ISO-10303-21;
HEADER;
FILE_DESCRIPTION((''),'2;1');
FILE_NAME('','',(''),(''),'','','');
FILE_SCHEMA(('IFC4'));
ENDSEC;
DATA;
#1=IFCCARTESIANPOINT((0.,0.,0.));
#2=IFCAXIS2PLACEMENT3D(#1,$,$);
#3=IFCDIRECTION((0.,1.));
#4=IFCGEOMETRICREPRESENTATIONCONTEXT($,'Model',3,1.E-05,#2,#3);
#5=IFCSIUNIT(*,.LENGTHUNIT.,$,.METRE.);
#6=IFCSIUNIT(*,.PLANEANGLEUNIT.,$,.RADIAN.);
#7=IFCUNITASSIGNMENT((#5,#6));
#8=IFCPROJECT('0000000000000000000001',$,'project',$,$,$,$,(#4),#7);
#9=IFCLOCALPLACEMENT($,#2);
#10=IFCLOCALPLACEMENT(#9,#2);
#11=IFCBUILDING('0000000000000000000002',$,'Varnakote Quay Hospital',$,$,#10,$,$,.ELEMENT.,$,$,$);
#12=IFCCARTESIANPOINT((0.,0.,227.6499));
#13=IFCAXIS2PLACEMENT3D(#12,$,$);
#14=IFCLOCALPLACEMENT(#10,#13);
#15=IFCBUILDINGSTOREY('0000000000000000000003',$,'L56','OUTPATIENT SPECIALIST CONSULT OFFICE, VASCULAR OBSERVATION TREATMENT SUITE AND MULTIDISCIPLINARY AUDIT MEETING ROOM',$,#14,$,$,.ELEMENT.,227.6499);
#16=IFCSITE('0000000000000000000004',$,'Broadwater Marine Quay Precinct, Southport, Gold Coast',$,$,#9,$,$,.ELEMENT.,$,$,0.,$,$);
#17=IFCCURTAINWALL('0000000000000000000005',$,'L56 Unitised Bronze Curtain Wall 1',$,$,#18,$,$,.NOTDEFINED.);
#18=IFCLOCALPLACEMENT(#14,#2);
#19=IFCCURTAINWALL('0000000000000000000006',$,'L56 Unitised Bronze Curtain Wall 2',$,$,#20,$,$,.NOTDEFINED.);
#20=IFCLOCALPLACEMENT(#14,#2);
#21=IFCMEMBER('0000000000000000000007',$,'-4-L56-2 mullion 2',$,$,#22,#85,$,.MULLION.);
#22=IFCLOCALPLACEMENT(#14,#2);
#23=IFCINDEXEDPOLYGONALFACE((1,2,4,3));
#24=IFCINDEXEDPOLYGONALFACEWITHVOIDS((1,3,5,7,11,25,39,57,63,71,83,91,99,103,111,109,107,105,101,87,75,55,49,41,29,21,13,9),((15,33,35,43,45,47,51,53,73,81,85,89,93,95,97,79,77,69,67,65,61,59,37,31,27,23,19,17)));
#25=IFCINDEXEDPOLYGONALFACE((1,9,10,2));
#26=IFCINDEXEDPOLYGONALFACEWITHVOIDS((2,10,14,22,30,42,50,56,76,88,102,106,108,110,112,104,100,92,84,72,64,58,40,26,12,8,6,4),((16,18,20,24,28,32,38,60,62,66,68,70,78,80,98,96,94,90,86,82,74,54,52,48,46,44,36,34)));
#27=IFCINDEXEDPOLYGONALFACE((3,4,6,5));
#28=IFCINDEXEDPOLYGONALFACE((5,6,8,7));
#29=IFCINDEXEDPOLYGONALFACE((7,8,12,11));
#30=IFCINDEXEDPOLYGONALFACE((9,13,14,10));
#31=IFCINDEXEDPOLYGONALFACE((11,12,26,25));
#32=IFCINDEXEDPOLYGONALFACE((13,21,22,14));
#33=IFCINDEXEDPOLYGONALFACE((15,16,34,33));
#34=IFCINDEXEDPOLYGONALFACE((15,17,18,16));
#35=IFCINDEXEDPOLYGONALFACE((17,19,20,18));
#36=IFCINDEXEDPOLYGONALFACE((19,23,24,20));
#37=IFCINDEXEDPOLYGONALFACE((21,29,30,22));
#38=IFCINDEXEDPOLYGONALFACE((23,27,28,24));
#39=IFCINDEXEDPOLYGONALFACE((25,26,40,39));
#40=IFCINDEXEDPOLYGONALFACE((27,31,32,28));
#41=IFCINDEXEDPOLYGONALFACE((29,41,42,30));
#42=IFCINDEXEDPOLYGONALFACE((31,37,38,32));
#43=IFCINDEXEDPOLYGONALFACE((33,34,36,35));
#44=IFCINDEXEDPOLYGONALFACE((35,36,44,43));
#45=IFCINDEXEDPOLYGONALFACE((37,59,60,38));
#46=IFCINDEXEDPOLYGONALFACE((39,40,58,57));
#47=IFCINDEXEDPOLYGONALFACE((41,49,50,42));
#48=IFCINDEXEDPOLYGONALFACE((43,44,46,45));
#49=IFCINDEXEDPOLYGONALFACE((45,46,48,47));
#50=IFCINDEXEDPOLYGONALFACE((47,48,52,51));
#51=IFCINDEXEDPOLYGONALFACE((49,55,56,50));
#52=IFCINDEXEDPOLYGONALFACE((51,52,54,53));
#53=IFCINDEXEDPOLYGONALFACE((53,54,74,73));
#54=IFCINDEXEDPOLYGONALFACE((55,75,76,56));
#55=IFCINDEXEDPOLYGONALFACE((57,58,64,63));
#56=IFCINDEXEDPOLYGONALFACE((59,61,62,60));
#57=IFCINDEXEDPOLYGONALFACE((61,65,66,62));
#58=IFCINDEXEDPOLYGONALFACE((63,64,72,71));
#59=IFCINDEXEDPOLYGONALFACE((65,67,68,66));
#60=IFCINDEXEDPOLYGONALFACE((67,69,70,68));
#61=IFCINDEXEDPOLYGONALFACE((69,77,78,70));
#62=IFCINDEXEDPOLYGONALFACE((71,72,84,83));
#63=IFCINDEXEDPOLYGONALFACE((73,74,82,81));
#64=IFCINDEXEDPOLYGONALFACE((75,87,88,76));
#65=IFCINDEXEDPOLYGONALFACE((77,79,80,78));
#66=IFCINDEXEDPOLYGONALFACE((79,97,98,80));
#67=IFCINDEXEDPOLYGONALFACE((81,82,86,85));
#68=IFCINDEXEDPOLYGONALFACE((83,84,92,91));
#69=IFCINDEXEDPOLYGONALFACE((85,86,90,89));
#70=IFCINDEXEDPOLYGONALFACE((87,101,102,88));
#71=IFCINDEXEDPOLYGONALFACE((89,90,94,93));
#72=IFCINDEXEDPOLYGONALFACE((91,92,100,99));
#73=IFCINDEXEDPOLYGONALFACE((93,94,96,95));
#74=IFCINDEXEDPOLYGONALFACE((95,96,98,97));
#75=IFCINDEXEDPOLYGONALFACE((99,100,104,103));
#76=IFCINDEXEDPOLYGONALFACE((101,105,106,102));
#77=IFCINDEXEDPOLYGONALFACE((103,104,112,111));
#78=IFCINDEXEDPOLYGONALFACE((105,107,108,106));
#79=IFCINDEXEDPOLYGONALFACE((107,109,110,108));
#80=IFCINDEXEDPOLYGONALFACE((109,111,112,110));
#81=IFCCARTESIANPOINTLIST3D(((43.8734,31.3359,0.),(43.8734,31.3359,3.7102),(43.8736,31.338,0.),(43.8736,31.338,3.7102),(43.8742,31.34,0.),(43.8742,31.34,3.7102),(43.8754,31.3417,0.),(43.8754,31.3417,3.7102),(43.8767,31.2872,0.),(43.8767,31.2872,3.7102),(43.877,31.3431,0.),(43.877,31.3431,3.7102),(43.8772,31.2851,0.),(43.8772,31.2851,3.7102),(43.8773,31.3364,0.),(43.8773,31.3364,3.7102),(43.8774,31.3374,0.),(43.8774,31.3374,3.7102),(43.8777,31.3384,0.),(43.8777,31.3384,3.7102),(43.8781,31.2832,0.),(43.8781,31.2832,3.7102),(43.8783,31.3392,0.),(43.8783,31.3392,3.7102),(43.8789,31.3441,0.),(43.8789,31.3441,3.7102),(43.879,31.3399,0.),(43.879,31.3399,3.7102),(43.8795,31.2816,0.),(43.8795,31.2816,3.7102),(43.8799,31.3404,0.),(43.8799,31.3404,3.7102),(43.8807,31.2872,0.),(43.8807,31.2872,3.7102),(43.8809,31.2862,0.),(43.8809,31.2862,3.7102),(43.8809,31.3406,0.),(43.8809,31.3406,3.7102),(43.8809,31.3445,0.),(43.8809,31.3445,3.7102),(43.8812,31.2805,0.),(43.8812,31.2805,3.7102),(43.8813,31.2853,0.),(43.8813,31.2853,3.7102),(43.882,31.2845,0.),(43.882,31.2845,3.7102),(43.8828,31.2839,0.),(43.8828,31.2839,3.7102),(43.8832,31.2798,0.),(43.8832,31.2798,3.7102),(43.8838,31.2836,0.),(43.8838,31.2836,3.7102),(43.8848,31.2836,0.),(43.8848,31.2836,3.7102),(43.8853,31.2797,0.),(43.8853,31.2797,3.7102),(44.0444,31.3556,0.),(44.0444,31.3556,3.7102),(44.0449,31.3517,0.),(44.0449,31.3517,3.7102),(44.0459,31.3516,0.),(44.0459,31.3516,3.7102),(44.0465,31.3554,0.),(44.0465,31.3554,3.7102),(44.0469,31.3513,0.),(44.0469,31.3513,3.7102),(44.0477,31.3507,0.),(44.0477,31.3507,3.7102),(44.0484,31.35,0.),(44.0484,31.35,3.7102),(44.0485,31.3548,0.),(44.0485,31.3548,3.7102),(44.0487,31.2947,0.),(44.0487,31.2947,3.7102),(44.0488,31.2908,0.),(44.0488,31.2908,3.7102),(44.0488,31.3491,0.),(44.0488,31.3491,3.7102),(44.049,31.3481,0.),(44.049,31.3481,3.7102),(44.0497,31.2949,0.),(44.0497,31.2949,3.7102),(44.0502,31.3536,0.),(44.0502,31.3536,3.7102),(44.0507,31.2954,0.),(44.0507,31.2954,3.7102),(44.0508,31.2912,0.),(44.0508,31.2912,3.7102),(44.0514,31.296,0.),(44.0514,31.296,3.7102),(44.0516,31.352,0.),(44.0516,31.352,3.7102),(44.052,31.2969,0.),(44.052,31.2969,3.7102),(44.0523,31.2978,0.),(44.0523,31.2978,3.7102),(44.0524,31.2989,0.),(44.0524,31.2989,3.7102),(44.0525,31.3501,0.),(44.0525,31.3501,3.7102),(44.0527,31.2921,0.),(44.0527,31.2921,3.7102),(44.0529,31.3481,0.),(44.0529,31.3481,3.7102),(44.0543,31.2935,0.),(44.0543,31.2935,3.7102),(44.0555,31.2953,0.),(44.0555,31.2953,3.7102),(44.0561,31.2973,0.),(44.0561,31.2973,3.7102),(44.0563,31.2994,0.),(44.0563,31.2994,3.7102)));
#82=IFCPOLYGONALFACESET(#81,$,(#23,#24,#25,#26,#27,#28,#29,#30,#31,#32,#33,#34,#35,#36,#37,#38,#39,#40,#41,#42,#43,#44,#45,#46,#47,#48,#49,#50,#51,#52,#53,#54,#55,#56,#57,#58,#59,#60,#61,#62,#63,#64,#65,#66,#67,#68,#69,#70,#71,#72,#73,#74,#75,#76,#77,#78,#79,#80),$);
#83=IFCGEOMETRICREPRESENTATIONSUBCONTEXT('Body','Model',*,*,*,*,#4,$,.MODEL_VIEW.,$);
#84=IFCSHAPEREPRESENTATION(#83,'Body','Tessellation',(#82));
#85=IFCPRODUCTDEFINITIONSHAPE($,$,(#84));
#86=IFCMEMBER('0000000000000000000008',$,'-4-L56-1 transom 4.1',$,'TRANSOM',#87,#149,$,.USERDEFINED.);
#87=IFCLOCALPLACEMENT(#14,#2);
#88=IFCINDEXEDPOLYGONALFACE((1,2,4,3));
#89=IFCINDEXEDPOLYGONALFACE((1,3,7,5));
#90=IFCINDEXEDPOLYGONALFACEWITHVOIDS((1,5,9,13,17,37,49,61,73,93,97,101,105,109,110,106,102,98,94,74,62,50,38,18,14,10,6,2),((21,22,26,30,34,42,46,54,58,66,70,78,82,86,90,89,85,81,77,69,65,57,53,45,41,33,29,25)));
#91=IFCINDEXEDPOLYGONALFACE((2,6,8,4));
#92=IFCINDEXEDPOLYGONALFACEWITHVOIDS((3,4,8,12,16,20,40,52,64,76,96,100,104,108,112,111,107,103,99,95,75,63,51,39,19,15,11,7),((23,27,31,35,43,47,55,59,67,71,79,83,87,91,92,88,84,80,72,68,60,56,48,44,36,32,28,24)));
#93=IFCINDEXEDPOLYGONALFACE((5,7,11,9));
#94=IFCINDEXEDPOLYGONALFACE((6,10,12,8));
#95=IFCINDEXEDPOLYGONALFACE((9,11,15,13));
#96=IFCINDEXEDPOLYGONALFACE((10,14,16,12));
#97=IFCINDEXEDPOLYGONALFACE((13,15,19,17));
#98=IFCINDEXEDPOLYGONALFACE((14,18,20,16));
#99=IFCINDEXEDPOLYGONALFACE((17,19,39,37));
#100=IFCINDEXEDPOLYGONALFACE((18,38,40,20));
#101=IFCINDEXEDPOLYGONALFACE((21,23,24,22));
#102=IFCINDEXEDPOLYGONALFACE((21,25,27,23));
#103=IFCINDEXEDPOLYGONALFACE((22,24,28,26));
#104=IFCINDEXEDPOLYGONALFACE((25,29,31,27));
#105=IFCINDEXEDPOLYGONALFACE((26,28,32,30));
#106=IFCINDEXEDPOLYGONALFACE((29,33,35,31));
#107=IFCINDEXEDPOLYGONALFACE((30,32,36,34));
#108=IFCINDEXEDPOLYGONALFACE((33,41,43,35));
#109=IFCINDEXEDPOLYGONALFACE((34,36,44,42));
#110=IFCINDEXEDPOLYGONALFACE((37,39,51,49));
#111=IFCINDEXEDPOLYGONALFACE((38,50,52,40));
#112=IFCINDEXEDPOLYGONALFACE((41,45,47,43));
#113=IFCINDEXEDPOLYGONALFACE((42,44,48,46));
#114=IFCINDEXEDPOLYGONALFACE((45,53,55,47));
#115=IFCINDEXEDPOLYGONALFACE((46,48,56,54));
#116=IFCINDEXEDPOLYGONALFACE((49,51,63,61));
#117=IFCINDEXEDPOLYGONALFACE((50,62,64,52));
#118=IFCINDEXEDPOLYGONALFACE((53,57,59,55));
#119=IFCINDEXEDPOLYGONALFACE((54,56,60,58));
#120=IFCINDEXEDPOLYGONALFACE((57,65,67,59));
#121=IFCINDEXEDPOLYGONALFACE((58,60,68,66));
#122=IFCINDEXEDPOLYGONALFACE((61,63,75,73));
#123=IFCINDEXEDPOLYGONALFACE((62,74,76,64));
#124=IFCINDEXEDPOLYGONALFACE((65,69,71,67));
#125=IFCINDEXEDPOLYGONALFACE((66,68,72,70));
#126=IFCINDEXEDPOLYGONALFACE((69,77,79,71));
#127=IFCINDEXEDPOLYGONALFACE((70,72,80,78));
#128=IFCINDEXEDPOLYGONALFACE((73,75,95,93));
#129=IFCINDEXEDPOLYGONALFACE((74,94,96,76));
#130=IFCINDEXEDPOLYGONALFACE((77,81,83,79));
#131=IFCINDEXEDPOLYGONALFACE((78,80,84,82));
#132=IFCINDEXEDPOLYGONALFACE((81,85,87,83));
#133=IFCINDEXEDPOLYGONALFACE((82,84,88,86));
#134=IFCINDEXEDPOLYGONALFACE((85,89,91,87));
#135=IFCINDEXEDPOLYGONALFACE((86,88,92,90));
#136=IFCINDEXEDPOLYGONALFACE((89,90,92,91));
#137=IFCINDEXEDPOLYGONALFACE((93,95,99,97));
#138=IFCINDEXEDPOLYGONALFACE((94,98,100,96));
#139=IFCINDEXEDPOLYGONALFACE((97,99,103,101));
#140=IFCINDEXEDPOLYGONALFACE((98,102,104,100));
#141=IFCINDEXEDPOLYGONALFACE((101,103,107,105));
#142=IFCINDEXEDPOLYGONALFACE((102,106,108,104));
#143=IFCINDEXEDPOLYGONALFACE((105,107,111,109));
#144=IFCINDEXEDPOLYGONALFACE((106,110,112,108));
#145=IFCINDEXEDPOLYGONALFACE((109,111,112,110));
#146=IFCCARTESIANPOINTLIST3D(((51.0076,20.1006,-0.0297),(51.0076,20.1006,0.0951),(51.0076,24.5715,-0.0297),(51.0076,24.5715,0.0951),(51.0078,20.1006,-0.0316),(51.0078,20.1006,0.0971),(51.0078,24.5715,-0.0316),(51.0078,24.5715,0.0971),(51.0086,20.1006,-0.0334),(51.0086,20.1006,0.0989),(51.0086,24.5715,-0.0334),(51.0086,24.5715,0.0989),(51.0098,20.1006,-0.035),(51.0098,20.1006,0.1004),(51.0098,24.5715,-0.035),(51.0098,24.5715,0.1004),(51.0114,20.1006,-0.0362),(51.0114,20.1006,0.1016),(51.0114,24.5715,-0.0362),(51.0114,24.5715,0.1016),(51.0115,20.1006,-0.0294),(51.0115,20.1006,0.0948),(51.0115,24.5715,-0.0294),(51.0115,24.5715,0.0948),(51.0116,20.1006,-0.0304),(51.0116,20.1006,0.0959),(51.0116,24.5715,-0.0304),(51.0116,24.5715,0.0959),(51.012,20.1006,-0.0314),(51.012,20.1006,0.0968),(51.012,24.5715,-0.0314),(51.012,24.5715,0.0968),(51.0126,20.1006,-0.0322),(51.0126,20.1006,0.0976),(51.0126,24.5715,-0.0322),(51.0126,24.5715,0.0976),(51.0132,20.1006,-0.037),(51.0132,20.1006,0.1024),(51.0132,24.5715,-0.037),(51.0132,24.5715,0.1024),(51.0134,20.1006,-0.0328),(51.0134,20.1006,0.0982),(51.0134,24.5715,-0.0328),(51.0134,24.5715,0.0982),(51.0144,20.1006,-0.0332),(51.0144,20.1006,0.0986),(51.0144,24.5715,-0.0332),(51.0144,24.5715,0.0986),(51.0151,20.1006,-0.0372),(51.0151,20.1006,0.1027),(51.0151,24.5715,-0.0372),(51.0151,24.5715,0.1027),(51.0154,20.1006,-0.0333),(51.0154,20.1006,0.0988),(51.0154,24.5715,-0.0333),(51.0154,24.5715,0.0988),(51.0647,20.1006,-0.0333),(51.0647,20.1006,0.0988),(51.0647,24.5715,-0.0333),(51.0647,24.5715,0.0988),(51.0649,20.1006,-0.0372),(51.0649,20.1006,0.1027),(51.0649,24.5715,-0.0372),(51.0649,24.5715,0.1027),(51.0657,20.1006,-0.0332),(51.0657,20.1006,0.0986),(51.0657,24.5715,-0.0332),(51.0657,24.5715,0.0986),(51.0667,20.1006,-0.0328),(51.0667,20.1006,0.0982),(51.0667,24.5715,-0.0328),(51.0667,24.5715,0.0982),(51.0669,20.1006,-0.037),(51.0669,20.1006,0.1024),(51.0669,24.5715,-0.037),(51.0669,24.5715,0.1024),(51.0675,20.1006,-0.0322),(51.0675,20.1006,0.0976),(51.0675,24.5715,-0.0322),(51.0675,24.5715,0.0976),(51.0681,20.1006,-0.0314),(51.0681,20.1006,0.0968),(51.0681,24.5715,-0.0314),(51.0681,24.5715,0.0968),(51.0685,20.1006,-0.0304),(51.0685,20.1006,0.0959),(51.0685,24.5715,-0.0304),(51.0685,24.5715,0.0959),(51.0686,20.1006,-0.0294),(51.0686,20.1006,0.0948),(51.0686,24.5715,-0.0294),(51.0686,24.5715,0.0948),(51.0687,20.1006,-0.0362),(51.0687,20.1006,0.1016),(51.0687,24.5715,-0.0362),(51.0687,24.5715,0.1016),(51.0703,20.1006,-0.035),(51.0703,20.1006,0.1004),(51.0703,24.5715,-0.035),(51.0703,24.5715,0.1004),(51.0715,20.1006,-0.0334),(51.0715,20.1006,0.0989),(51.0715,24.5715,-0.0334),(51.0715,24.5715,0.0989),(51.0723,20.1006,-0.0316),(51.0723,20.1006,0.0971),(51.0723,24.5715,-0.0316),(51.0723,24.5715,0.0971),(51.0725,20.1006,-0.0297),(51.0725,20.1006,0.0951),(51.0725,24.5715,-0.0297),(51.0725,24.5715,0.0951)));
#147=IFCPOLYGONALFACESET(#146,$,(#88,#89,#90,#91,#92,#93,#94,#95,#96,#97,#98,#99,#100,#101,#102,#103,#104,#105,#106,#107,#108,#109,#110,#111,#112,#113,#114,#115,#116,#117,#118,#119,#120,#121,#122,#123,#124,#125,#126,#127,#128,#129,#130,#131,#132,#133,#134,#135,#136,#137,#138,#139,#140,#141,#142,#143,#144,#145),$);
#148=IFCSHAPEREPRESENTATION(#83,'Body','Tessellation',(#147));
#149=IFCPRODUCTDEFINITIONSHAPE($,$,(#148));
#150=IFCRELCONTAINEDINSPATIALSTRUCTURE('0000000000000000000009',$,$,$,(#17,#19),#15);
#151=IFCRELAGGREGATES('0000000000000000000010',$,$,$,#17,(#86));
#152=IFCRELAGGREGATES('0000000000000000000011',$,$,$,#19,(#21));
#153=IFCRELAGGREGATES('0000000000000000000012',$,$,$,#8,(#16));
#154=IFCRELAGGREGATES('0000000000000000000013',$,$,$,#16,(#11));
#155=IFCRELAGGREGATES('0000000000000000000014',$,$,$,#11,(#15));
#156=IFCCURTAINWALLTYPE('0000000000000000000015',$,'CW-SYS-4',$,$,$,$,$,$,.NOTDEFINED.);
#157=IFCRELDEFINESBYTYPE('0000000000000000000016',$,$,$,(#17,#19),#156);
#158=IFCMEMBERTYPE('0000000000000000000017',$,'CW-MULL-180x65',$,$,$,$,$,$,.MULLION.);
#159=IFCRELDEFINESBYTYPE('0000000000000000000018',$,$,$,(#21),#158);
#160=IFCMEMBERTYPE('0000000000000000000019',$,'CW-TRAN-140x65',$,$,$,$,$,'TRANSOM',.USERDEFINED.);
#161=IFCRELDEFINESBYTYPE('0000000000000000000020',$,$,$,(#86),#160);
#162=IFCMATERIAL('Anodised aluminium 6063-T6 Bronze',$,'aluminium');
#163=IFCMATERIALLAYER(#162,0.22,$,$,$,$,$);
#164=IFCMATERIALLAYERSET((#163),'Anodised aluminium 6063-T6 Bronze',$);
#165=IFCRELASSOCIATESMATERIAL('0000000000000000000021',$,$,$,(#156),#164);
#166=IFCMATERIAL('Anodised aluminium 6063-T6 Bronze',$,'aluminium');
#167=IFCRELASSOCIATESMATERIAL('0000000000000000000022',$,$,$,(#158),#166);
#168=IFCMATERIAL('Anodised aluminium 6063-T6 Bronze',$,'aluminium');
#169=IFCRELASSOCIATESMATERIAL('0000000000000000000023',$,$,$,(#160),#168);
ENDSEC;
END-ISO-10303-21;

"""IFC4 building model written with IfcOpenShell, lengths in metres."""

from ifc_helpers import new_model, si_unit, direction, frame, origin, origin_2d, place, context, subcontext, project, spatial, hollow_rectangle, extrude, material, layer, layer_set, material_profile, profile_set, type_object, element, aggregate, save


model = new_model("IFC4")

# Units and contexts
model_context = context("Model", 3, precision=1e-05, world=origin(), true_north=direction((0.0, 1.0)))
body_context = subcontext(model_context, "Body", "Model", "MODEL_VIEW")
ifc_project = project(units=[si_unit("LENGTHUNIT", "METRE"), si_unit("PLANEANGLEUNIT", "RADIAN")], contexts=[model_context])

# Site, building, storey
site_placement = place(None, origin())
site = spatial("IfcSite", under=ifc_project, at=site_placement, Name="Broadwater Marine Quay Precinct, Southport, Gold Coast", CompositionType="ELEMENT", RefElevation=0.0)
building_placement = place(site_placement, origin())
building = spatial("IfcBuilding", under=site, at=building_placement, Name="Varnakote Quay Hospital", CompositionType="ELEMENT")
storey_placement = place(building_placement, frame((0.0, 0.0, 227.6499)))
storey = spatial("IfcBuildingStorey", under=building, at=storey_placement, Name="L56", Description="OUTPATIENT SPECIALIST CONSULT OFFICE, VASCULAR OBSERVATION TREATMENT SUITE AND MULTIDISCIPLINARY AUDIT MEETING ROOM", CompositionType="ELEMENT", Elevation=227.6499)

# Curtain walls, member
ifc_material_1 = material(Name="Anodised aluminium 6063-T6 Bronze", Category="aluminium")
ifc_layer_1 = layer(ifc_material_1, 0.22)
ifc_layer_set_1 = layer_set([ifc_layer_1], Name="Anodised aluminium 6063-T6 Bronze")
curtain_wall_type = type_object("IfcCurtainWallType", Name="CW-SYS-4", PredefinedType="NOTDEFINED", material=ifc_layer_set_1)
curtain_wall_1_placement = place(storey_placement, origin())
curtain_wall_1 = element("IfcCurtainWall", 1, at=curtain_wall_1_placement, inside=storey, type_object=curtain_wall_type, Name="L56 Unitised Bronze Curtain Wall 1", PredefinedType="NOTDEFINED")
ifc_material_2 = material(Name="Anodised aluminium 6063-T6 Bronze", Category="aluminium")
ifc_material_profile_1 = material_profile(ifc_material_2, hollow_rectangle(XDim=0.0649, YDim=0.1799, WallThickness=0.0039, InnerFilletRadius=0.0039, OuterFilletRadius=0.0081, at=origin_2d()), Name="CW-MULL-180x65")
ifc_profile_set_1 = profile_set([ifc_material_profile_1], Name="Anodised aluminium 6063-T6 Bronze")
member_type_1 = type_object("IfcMemberType", Name="CW-MULL-180x65", PredefinedType="MULLION", material=ifc_profile_set_1)
curtain_wall_2_placement = place(storey_placement, origin())
curtain_wall_2 = element("IfcCurtainWall", 2, at=curtain_wall_2_placement, inside=storey, type_object=curtain_wall_type, Name="L56 Unitised Bronze Curtain Wall 2", PredefinedType="NOTDEFINED")
member_1_placement = place(storey_placement, frame((43.9648, 31.3176, 0.0), z_axis=(0.0, 0.0, 1.0), x_axis=(0.067842, -0.997696, 0.0)))
member_1 = element("IfcMember", 3, at=member_1_placement, type_object=member_type_1, Name="-4-L56-2 mullion 2", PredefinedType="MULLION", context=body_context, shape_type="SweptSolid", body=[
    extrude(hollow_rectangle(XDim=0.0649, YDim=0.1799, WallThickness=0.0039, InnerFilletRadius=0.0039, OuterFilletRadius=0.0081, at=origin_2d()), origin(), (0.0, 0.0, 1.0), 3.7102),
])

# Member
ifc_material_3 = material(Name="Anodised aluminium 6063-T6 Bronze", Category="aluminium")
ifc_material_profile_2 = material_profile(ifc_material_3, hollow_rectangle(XDim=0.0649, YDim=0.1399, WallThickness=0.0039, InnerFilletRadius=0.0039, OuterFilletRadius=0.0076, at=origin_2d()), Name="CW-TRAN-140x65")
ifc_profile_set_2 = profile_set([ifc_material_profile_2], Name="Anodised aluminium 6063-T6 Bronze")
member_type_2 = type_object("IfcMemberType", Name="CW-TRAN-140x65", ElementType="TRANSOM", PredefinedType="USERDEFINED", material=ifc_profile_set_2)
member_2_placement = place(storey_placement, frame((51.04, 20.1006, 0.0327), z_axis=(0.0, 1.0, 0.0), x_axis=(-1.0, 0.0, 0.0)))
member_2 = element("IfcMember", 4, at=member_2_placement, type_object=member_type_2, Name="-4-L56-1 transom 4.1", ObjectType="TRANSOM", PredefinedType="USERDEFINED", context=body_context, shape_type="SweptSolid", body=[
    extrude(hollow_rectangle(XDim=0.0649, YDim=0.1399, WallThickness=0.0039, InnerFilletRadius=0.0039, OuterFilletRadius=0.0076, at=origin_2d()), origin(), (0.0, 0.0, 1.0), 4.4709),
])

aggregate(curtain_wall_1, [member_2])
aggregate(curtain_wall_2, [member_1])

save(model, "model.ifc")
